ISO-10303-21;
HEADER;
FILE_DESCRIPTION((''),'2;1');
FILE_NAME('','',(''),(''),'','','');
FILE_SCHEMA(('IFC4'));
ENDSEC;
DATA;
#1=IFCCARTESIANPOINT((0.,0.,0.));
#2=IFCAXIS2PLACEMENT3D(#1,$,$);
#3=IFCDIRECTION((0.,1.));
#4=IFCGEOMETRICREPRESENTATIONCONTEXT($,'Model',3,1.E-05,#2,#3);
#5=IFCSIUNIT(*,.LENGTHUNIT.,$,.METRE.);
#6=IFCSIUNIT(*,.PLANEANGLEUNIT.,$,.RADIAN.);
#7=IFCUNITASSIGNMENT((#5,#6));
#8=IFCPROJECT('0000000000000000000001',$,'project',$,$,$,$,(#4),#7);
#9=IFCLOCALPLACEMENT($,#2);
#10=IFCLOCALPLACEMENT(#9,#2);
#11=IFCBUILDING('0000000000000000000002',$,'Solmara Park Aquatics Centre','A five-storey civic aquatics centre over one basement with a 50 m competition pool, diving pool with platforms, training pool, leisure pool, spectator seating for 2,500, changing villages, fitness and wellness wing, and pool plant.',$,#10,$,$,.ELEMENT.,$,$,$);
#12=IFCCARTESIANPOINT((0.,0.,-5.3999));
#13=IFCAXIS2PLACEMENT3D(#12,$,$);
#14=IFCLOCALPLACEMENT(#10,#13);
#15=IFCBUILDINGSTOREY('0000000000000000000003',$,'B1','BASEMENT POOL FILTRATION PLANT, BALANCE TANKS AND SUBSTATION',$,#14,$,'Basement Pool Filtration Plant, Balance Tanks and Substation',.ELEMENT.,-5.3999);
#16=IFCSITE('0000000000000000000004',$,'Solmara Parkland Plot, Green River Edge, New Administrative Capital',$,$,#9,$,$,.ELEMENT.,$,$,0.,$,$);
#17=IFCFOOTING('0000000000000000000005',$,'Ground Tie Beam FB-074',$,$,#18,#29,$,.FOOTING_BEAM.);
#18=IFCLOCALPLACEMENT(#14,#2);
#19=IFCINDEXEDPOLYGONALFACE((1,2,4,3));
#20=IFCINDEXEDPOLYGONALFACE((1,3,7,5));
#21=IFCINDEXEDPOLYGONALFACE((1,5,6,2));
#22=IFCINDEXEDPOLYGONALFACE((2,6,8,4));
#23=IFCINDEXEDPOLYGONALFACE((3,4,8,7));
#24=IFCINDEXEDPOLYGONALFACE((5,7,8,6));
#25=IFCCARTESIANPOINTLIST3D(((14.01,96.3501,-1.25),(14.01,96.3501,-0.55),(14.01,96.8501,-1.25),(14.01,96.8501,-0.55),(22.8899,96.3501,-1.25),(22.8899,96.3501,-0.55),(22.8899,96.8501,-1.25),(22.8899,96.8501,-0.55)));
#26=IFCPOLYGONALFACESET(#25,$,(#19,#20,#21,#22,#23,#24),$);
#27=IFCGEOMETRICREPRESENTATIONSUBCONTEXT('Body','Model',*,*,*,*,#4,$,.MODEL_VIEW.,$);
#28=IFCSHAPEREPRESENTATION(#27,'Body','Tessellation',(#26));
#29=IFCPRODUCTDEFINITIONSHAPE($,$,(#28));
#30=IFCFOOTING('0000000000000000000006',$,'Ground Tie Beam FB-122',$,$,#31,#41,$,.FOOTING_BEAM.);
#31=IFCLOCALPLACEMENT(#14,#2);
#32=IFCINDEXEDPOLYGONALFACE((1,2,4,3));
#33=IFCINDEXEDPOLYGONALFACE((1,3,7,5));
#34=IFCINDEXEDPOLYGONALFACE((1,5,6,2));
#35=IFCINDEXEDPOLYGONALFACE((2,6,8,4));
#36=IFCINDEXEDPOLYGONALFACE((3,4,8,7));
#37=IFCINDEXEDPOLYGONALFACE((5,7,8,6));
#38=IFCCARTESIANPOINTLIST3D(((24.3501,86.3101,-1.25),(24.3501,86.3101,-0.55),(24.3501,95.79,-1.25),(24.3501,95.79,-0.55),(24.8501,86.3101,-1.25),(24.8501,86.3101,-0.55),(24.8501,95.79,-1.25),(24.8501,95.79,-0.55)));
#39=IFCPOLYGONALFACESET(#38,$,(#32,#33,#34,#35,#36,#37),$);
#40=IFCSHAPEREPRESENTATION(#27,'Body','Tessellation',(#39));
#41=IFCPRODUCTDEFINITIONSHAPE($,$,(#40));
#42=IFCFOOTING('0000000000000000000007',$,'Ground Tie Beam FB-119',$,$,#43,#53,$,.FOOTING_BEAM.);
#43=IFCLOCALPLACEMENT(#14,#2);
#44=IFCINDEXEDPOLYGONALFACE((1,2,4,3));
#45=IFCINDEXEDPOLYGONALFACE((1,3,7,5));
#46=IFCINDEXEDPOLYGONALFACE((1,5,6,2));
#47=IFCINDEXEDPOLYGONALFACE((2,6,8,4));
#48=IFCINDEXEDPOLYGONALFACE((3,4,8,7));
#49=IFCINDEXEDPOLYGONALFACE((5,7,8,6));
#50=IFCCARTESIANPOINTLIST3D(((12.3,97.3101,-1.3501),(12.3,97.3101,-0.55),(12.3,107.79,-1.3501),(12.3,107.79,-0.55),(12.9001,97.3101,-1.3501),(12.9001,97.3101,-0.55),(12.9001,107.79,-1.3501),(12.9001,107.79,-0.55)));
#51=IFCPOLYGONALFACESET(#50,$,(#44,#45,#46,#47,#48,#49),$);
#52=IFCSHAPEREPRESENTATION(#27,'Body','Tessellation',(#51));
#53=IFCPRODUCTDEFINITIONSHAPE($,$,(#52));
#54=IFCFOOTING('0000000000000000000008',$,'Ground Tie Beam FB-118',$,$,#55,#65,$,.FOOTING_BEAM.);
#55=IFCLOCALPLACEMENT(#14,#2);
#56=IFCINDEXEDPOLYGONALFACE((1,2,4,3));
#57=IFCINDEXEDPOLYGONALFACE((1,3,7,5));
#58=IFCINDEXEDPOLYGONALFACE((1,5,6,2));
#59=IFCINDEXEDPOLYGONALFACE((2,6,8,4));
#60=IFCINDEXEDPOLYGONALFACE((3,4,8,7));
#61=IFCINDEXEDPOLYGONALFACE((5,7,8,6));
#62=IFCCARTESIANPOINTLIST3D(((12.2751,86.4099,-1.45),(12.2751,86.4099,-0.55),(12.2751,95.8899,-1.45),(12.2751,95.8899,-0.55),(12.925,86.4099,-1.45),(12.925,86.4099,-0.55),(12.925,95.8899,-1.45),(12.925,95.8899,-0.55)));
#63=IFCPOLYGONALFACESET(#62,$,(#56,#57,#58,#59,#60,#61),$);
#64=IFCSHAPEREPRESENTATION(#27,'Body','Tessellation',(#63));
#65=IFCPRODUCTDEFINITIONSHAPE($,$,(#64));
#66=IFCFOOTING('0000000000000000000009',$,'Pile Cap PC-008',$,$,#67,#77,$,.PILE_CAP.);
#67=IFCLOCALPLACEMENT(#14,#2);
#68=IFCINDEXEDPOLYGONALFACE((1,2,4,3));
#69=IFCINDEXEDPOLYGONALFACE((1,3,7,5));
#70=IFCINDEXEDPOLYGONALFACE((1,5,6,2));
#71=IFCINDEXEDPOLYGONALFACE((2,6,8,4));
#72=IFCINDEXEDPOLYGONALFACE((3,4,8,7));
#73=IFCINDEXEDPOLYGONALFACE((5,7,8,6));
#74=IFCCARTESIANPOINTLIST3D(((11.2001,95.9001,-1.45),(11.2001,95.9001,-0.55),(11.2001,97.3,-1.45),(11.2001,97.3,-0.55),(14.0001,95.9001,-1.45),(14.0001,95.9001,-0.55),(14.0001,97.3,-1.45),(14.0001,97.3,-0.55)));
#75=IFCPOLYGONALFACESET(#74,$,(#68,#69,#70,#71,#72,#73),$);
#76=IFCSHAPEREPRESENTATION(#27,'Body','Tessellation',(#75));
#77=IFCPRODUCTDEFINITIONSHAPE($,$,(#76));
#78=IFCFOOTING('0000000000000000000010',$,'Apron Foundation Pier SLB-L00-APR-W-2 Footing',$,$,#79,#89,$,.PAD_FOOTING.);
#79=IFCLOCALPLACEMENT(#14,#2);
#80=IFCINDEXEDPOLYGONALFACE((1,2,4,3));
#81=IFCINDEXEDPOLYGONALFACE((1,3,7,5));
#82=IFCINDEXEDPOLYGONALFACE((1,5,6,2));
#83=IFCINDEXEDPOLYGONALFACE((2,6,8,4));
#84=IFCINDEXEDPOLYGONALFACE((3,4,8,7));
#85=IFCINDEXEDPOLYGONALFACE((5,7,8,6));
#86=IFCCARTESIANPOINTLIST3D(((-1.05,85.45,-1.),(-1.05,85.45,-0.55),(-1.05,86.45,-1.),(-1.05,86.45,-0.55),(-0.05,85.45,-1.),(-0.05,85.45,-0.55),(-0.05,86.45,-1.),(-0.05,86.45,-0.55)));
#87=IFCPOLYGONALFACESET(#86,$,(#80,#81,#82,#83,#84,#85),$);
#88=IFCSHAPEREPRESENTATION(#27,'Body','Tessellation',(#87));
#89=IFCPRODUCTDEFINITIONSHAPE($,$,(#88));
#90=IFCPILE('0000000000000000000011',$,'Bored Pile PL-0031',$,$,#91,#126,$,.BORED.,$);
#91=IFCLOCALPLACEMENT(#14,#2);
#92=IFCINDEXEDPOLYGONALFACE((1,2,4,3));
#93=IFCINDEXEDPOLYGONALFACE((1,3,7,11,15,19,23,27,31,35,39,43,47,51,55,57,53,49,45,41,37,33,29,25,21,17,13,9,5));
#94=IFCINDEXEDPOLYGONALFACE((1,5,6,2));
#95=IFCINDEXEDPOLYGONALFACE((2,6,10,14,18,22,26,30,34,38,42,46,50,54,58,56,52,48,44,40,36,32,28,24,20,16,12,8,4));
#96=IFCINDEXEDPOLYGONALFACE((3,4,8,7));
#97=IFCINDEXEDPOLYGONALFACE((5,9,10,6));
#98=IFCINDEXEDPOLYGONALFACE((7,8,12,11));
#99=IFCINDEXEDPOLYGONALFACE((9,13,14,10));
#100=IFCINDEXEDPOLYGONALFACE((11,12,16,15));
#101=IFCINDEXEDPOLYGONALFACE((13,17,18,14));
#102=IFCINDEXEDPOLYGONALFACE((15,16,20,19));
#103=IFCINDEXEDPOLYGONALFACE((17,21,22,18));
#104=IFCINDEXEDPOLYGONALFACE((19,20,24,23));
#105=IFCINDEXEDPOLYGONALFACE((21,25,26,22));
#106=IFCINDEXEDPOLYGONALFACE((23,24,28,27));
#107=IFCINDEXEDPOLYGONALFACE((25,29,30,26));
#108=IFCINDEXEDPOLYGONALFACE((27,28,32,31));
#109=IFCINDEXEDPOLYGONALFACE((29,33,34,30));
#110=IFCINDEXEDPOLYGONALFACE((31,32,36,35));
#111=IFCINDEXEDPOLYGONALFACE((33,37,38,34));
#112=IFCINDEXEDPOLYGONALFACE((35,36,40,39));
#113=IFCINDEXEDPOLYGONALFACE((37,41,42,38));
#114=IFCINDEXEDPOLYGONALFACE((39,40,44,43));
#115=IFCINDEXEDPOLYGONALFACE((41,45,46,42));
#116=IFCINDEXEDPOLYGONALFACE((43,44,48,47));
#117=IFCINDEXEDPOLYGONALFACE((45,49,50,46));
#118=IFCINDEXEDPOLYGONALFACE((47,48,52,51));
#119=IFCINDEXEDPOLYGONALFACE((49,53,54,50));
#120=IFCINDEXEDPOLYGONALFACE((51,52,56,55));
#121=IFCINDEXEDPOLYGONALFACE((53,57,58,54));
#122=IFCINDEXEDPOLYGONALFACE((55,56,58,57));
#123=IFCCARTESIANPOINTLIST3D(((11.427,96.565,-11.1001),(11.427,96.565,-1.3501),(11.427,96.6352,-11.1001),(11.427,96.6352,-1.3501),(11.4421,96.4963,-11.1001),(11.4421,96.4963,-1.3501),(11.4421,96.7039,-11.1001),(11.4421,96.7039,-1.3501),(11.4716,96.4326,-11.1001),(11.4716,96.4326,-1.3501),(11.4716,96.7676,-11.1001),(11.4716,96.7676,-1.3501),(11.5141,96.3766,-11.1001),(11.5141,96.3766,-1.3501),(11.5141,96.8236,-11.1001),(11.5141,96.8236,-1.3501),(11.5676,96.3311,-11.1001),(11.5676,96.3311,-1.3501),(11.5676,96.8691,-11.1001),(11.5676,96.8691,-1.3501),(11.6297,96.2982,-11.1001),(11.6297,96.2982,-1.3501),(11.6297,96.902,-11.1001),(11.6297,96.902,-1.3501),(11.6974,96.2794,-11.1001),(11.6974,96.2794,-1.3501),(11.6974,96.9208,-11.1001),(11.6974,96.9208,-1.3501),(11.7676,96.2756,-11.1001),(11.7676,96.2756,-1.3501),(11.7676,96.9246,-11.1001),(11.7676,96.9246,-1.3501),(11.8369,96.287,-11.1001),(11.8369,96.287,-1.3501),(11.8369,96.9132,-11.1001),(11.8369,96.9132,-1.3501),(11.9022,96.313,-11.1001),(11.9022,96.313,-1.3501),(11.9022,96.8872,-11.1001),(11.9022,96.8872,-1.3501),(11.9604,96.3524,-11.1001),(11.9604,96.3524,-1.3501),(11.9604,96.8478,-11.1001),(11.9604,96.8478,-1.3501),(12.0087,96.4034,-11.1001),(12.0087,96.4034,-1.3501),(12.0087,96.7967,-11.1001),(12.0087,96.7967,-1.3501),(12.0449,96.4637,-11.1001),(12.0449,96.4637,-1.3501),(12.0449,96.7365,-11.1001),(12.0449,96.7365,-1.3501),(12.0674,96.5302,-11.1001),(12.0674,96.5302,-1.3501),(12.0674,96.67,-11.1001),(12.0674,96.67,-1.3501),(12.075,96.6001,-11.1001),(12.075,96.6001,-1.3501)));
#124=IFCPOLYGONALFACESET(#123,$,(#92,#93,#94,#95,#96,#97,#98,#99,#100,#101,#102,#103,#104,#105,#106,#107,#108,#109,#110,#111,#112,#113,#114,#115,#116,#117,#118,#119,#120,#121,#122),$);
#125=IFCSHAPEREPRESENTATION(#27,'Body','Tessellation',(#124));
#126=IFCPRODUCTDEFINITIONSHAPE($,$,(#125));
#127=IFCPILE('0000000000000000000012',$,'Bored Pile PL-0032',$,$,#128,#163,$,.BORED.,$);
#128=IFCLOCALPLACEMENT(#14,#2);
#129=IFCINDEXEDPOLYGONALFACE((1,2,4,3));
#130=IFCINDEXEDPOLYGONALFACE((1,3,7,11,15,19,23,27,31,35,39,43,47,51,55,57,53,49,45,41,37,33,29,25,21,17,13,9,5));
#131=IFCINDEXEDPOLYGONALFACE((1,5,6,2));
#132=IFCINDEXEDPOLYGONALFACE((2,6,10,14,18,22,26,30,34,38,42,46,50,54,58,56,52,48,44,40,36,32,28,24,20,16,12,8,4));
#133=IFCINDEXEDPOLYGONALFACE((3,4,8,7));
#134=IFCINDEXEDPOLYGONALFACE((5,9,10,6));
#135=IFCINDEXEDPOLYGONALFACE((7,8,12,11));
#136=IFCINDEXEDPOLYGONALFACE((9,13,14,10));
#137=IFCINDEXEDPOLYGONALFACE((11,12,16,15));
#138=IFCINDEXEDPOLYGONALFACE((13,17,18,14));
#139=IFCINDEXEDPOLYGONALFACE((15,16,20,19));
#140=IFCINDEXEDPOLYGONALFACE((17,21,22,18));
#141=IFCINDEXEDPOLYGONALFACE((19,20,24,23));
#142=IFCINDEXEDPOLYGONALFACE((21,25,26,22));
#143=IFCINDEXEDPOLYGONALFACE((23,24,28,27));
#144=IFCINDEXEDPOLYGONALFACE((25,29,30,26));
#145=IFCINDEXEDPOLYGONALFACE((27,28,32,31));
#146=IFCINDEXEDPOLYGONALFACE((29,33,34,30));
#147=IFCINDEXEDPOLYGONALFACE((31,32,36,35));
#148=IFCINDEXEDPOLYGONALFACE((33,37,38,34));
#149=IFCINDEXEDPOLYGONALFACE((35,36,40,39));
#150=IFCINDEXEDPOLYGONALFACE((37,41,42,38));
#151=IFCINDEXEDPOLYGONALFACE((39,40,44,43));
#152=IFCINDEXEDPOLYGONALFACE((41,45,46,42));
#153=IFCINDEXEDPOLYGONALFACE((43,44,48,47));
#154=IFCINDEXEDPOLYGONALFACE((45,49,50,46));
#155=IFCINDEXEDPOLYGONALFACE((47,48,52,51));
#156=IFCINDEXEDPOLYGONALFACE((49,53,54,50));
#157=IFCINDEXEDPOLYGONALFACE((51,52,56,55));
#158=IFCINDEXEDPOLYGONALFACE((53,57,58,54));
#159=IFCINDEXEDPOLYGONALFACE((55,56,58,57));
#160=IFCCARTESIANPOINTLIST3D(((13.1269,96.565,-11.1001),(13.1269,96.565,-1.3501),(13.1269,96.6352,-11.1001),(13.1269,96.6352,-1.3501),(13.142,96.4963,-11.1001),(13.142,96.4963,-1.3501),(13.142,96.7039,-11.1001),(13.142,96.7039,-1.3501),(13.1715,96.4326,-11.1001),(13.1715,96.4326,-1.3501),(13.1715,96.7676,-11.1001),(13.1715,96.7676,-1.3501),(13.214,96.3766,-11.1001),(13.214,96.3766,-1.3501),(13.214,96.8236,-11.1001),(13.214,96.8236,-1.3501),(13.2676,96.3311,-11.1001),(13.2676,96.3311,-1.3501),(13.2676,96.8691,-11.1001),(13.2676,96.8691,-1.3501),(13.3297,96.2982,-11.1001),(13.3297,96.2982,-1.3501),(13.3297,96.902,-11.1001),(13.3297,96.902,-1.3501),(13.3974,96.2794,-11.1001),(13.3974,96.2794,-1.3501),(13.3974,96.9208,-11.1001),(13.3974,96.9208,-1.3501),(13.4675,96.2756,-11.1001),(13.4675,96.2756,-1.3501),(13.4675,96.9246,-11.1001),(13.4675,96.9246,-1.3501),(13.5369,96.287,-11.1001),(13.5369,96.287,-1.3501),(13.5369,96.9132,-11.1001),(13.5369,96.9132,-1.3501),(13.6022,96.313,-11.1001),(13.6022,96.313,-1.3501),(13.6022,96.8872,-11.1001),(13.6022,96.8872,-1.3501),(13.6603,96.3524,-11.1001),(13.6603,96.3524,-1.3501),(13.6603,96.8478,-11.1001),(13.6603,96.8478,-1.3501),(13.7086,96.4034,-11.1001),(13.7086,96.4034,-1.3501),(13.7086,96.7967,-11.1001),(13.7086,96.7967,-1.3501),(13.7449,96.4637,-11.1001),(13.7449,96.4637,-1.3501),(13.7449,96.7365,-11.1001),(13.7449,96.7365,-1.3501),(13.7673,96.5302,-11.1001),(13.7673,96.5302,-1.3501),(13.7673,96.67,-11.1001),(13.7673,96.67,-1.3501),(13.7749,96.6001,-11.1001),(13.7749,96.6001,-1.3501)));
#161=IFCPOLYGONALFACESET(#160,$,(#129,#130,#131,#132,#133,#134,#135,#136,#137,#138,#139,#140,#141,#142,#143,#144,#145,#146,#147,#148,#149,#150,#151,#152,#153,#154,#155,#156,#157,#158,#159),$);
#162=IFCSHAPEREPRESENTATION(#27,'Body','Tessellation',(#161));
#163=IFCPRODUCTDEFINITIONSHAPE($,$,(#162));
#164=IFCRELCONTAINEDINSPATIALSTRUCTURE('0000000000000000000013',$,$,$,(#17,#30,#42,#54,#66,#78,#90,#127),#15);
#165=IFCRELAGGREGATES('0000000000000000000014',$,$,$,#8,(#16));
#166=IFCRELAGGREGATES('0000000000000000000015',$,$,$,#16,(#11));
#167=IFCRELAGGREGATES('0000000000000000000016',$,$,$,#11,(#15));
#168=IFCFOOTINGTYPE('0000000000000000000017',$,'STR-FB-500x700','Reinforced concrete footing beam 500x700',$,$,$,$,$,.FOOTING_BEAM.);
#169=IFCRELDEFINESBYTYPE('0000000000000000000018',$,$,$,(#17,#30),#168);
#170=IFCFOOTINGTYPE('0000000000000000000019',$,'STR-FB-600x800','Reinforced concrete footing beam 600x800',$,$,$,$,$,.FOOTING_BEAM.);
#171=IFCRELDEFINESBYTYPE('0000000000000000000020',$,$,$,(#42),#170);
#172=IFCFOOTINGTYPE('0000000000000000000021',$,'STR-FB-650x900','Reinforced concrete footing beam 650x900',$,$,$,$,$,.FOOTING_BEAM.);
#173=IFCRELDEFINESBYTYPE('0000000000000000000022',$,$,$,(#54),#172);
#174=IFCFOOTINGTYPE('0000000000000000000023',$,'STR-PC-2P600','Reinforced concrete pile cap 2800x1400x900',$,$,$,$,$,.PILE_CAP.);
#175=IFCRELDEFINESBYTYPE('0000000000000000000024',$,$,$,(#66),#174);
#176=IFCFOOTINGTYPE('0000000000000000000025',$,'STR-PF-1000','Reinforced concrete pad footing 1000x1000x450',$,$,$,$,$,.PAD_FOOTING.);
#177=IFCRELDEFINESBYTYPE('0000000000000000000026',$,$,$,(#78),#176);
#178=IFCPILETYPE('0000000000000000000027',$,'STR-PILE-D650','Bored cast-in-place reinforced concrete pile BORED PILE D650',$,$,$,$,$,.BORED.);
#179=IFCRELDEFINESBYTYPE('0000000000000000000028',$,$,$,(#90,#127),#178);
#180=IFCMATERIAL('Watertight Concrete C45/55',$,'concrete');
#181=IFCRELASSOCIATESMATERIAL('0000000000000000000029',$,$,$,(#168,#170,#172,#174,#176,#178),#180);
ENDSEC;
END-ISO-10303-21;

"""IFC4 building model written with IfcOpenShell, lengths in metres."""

from ifc_helpers import new_model, si_unit, direction, frame, origin, origin_2d, place, context, subcontext, project, spatial, rectangle, circle, extrude, material, material_profile, profile_set, type_object, element, save


model = new_model("IFC4")

# Units and contexts
model_context = context("Model", 3, precision=1e-05, world=origin(), true_north=direction((0.0, 1.0)))
body_context = subcontext(model_context, "Body", "Model", "MODEL_VIEW")
ifc_project = project(units=[si_unit("LENGTHUNIT", "METRE"), si_unit("PLANEANGLEUNIT", "RADIAN")], contexts=[model_context])

# Site, building, storey
site_placement = place(None, origin())
site = spatial("IfcSite", under=ifc_project, at=site_placement, Name="Solmara Parkland Plot, Green River Edge, New Administrative Capital", CompositionType="ELEMENT", RefElevation=0.0)
building_placement = place(site_placement, origin())
building = spatial("IfcBuilding", under=site, at=building_placement, Name="Solmara Park Aquatics Centre", Description="A five-storey civic aquatics centre over one basement with a 50 m competition pool, diving pool with platforms, training pool, leisure pool, spectator seating for 2,500, changing villages, fitness and wellness wing, and pool plant.", CompositionType="ELEMENT")
storey_placement = place(building_placement, frame((0.0, 0.0, -5.3999)))
storey = spatial("IfcBuildingStorey", under=building, at=storey_placement, Name="B1", Description="BASEMENT POOL FILTRATION PLANT, BALANCE TANKS AND SUBSTATION", LongName="Basement Pool Filtration Plant, Balance Tanks and Substation", CompositionType="ELEMENT", Elevation=-5.3999)

# Footings
ifc_material_1 = material(Name="Watertight Concrete C45/55", Category="concrete")
footing_type_1 = type_object("IfcFootingType", Name="STR-FB-500x700", Description="Reinforced concrete footing beam 500x700", PredefinedType="FOOTING_BEAM", material=ifc_material_1)
footing_1_placement = place(storey_placement, frame((18.45, 96.6001, -1.25), z_axis=(0.0, 0.0, 1.0), x_axis=(1.0, 0.0, 0.0)))
element("IfcFooting", 1, at=footing_1_placement, inside=storey, type_object=footing_type_1, Name="Ground Tie Beam FB-074", PredefinedType="FOOTING_BEAM", context=body_context, shape_type="SweptSolid", body=[
    extrude(rectangle(XDim=8.8799, YDim=0.5, at=origin_2d()), origin(), (0.0, 0.0, 1.0), 0.7),
])
footing_2_placement = place(storey_placement, frame((24.6001, 91.05, -1.25), z_axis=(0.0, 0.0, 1.0), x_axis=(1.0, 0.0, 0.0)))
element("IfcFooting", 2, at=footing_2_placement, inside=storey, type_object=footing_type_1, Name="Ground Tie Beam FB-122", PredefinedType="FOOTING_BEAM", context=body_context, shape_type="SweptSolid", body=[
    extrude(rectangle(XDim=0.5, YDim=9.48, at=origin_2d()), origin(), (0.0, 0.0, 1.0), 0.7),
])
footing_type_2 = type_object("IfcFootingType", Name="STR-FB-600x800", Description="Reinforced concrete footing beam 600x800", PredefinedType="FOOTING_BEAM", material=ifc_material_1)
footing_3_placement = place(storey_placement, frame((12.6001, 102.55, -1.3501), z_axis=(0.0, 0.0, 1.0), x_axis=(1.0, 0.0, 0.0)))
element("IfcFooting", 3, at=footing_3_placement, inside=storey, type_object=footing_type_2, Name="Ground Tie Beam FB-119", PredefinedType="FOOTING_BEAM", context=body_context, shape_type="SweptSolid", body=[
    extrude(rectangle(XDim=0.6001, YDim=10.48, at=origin_2d()), origin(), (0.0, 0.0, 1.0), 0.8),
])
footing_type_3 = type_object("IfcFootingType", Name="STR-FB-650x900", Description="Reinforced concrete footing beam 650x900", PredefinedType="FOOTING_BEAM", material=ifc_material_1)
footing_4_placement = place(storey_placement, frame((12.6001, 91.1499, -1.45), z_axis=(0.0, 0.0, 1.0), x_axis=(1.0, 0.0, 0.0)))
element("IfcFooting", 4, at=footing_4_placement, inside=storey, type_object=footing_type_3, Name="Ground Tie Beam FB-118", PredefinedType="FOOTING_BEAM", context=body_context, shape_type="SweptSolid", body=[
    extrude(rectangle(XDim=0.6499, YDim=9.48, at=origin_2d()), origin(), (0.0, 0.0, 1.0), 0.8999),
])
footing_type_4 = type_object("IfcFootingType", Name="STR-PC-2P600", Description="Reinforced concrete pile cap 2800x1400x900", PredefinedType="PILE_CAP", material=ifc_material_1)
footing_5_placement = place(storey_placement, frame((12.6001, 96.6001, -1.45), z_axis=(0.0, 0.0, 1.0), x_axis=(1.0, 0.0, 0.0)))
element("IfcFooting", 5, at=footing_5_placement, inside=storey, type_object=footing_type_4, Name="Pile Cap PC-008", PredefinedType="PILE_CAP", context=body_context, shape_type="SweptSolid", body=[
    extrude(rectangle(XDim=2.8, YDim=1.3999, at=origin_2d()), origin(), (0.0, 0.0, 1.0), 0.8999),
])
footing_type_5 = type_object("IfcFootingType", Name="STR-PF-1000", Description="Reinforced concrete pad footing 1000x1000x450", PredefinedType="PAD_FOOTING", material=ifc_material_1)
footing_6_placement = place(storey_placement, frame((-0.55, 85.95, -1.0), z_axis=(0.0, 0.0, 1.0), x_axis=(1.0, 0.0, 0.0)))
element("IfcFooting", 6, at=footing_6_placement, inside=storey, type_object=footing_type_5, Name="Apron Foundation Pier SLB-L00-APR-W-2 Footing", PredefinedType="PAD_FOOTING", context=body_context, shape_type="SweptSolid", body=[
    extrude(rectangle(XDim=1.0, YDim=1.0, at=origin_2d()), origin(), (0.0, 0.0, 1.0), 0.45),
])

# Piles
ifc_material_profile_1 = material_profile(ifc_material_1, circle(Radius=0.325, at=origin_2d()), Name="BORED PILE D650")
ifc_profile_set_1 = profile_set([ifc_material_profile_1], Name="Watertight Concrete C45/55")
pile_type_1 = type_object("IfcPileType", Name="STR-PILE-D650", Description="Bored cast-in-place reinforced concrete pile BORED PILE D650", PredefinedType="BORED", material=ifc_profile_set_1)
for number, where, z_axis, x_axis, name in (
    (7, (11.75, 96.6001, -1.3501), (0.0, 0.0, -1.0), (1.0, 0.0, 0.0), "Bored Pile PL-0031"),
    (8, (13.45, 96.6001, -1.3501), (0.0, 0.0, -1.0), (1.0, 0.0, 0.0), "Bored Pile PL-0032"),
):
    element("IfcPile", number, at=place(storey_placement, frame(where, z_axis=z_axis, x_axis=x_axis)), inside=storey, type_object=pile_type_1, Name=name, PredefinedType="BORED", context=body_context, shape_type="SweptSolid", body=[
        extrude(circle(Radius=0.325, at=origin_2d()), origin(), (0.0, 0.0, 1.0), 9.75),
    ])

save(model, "model.ifc")
